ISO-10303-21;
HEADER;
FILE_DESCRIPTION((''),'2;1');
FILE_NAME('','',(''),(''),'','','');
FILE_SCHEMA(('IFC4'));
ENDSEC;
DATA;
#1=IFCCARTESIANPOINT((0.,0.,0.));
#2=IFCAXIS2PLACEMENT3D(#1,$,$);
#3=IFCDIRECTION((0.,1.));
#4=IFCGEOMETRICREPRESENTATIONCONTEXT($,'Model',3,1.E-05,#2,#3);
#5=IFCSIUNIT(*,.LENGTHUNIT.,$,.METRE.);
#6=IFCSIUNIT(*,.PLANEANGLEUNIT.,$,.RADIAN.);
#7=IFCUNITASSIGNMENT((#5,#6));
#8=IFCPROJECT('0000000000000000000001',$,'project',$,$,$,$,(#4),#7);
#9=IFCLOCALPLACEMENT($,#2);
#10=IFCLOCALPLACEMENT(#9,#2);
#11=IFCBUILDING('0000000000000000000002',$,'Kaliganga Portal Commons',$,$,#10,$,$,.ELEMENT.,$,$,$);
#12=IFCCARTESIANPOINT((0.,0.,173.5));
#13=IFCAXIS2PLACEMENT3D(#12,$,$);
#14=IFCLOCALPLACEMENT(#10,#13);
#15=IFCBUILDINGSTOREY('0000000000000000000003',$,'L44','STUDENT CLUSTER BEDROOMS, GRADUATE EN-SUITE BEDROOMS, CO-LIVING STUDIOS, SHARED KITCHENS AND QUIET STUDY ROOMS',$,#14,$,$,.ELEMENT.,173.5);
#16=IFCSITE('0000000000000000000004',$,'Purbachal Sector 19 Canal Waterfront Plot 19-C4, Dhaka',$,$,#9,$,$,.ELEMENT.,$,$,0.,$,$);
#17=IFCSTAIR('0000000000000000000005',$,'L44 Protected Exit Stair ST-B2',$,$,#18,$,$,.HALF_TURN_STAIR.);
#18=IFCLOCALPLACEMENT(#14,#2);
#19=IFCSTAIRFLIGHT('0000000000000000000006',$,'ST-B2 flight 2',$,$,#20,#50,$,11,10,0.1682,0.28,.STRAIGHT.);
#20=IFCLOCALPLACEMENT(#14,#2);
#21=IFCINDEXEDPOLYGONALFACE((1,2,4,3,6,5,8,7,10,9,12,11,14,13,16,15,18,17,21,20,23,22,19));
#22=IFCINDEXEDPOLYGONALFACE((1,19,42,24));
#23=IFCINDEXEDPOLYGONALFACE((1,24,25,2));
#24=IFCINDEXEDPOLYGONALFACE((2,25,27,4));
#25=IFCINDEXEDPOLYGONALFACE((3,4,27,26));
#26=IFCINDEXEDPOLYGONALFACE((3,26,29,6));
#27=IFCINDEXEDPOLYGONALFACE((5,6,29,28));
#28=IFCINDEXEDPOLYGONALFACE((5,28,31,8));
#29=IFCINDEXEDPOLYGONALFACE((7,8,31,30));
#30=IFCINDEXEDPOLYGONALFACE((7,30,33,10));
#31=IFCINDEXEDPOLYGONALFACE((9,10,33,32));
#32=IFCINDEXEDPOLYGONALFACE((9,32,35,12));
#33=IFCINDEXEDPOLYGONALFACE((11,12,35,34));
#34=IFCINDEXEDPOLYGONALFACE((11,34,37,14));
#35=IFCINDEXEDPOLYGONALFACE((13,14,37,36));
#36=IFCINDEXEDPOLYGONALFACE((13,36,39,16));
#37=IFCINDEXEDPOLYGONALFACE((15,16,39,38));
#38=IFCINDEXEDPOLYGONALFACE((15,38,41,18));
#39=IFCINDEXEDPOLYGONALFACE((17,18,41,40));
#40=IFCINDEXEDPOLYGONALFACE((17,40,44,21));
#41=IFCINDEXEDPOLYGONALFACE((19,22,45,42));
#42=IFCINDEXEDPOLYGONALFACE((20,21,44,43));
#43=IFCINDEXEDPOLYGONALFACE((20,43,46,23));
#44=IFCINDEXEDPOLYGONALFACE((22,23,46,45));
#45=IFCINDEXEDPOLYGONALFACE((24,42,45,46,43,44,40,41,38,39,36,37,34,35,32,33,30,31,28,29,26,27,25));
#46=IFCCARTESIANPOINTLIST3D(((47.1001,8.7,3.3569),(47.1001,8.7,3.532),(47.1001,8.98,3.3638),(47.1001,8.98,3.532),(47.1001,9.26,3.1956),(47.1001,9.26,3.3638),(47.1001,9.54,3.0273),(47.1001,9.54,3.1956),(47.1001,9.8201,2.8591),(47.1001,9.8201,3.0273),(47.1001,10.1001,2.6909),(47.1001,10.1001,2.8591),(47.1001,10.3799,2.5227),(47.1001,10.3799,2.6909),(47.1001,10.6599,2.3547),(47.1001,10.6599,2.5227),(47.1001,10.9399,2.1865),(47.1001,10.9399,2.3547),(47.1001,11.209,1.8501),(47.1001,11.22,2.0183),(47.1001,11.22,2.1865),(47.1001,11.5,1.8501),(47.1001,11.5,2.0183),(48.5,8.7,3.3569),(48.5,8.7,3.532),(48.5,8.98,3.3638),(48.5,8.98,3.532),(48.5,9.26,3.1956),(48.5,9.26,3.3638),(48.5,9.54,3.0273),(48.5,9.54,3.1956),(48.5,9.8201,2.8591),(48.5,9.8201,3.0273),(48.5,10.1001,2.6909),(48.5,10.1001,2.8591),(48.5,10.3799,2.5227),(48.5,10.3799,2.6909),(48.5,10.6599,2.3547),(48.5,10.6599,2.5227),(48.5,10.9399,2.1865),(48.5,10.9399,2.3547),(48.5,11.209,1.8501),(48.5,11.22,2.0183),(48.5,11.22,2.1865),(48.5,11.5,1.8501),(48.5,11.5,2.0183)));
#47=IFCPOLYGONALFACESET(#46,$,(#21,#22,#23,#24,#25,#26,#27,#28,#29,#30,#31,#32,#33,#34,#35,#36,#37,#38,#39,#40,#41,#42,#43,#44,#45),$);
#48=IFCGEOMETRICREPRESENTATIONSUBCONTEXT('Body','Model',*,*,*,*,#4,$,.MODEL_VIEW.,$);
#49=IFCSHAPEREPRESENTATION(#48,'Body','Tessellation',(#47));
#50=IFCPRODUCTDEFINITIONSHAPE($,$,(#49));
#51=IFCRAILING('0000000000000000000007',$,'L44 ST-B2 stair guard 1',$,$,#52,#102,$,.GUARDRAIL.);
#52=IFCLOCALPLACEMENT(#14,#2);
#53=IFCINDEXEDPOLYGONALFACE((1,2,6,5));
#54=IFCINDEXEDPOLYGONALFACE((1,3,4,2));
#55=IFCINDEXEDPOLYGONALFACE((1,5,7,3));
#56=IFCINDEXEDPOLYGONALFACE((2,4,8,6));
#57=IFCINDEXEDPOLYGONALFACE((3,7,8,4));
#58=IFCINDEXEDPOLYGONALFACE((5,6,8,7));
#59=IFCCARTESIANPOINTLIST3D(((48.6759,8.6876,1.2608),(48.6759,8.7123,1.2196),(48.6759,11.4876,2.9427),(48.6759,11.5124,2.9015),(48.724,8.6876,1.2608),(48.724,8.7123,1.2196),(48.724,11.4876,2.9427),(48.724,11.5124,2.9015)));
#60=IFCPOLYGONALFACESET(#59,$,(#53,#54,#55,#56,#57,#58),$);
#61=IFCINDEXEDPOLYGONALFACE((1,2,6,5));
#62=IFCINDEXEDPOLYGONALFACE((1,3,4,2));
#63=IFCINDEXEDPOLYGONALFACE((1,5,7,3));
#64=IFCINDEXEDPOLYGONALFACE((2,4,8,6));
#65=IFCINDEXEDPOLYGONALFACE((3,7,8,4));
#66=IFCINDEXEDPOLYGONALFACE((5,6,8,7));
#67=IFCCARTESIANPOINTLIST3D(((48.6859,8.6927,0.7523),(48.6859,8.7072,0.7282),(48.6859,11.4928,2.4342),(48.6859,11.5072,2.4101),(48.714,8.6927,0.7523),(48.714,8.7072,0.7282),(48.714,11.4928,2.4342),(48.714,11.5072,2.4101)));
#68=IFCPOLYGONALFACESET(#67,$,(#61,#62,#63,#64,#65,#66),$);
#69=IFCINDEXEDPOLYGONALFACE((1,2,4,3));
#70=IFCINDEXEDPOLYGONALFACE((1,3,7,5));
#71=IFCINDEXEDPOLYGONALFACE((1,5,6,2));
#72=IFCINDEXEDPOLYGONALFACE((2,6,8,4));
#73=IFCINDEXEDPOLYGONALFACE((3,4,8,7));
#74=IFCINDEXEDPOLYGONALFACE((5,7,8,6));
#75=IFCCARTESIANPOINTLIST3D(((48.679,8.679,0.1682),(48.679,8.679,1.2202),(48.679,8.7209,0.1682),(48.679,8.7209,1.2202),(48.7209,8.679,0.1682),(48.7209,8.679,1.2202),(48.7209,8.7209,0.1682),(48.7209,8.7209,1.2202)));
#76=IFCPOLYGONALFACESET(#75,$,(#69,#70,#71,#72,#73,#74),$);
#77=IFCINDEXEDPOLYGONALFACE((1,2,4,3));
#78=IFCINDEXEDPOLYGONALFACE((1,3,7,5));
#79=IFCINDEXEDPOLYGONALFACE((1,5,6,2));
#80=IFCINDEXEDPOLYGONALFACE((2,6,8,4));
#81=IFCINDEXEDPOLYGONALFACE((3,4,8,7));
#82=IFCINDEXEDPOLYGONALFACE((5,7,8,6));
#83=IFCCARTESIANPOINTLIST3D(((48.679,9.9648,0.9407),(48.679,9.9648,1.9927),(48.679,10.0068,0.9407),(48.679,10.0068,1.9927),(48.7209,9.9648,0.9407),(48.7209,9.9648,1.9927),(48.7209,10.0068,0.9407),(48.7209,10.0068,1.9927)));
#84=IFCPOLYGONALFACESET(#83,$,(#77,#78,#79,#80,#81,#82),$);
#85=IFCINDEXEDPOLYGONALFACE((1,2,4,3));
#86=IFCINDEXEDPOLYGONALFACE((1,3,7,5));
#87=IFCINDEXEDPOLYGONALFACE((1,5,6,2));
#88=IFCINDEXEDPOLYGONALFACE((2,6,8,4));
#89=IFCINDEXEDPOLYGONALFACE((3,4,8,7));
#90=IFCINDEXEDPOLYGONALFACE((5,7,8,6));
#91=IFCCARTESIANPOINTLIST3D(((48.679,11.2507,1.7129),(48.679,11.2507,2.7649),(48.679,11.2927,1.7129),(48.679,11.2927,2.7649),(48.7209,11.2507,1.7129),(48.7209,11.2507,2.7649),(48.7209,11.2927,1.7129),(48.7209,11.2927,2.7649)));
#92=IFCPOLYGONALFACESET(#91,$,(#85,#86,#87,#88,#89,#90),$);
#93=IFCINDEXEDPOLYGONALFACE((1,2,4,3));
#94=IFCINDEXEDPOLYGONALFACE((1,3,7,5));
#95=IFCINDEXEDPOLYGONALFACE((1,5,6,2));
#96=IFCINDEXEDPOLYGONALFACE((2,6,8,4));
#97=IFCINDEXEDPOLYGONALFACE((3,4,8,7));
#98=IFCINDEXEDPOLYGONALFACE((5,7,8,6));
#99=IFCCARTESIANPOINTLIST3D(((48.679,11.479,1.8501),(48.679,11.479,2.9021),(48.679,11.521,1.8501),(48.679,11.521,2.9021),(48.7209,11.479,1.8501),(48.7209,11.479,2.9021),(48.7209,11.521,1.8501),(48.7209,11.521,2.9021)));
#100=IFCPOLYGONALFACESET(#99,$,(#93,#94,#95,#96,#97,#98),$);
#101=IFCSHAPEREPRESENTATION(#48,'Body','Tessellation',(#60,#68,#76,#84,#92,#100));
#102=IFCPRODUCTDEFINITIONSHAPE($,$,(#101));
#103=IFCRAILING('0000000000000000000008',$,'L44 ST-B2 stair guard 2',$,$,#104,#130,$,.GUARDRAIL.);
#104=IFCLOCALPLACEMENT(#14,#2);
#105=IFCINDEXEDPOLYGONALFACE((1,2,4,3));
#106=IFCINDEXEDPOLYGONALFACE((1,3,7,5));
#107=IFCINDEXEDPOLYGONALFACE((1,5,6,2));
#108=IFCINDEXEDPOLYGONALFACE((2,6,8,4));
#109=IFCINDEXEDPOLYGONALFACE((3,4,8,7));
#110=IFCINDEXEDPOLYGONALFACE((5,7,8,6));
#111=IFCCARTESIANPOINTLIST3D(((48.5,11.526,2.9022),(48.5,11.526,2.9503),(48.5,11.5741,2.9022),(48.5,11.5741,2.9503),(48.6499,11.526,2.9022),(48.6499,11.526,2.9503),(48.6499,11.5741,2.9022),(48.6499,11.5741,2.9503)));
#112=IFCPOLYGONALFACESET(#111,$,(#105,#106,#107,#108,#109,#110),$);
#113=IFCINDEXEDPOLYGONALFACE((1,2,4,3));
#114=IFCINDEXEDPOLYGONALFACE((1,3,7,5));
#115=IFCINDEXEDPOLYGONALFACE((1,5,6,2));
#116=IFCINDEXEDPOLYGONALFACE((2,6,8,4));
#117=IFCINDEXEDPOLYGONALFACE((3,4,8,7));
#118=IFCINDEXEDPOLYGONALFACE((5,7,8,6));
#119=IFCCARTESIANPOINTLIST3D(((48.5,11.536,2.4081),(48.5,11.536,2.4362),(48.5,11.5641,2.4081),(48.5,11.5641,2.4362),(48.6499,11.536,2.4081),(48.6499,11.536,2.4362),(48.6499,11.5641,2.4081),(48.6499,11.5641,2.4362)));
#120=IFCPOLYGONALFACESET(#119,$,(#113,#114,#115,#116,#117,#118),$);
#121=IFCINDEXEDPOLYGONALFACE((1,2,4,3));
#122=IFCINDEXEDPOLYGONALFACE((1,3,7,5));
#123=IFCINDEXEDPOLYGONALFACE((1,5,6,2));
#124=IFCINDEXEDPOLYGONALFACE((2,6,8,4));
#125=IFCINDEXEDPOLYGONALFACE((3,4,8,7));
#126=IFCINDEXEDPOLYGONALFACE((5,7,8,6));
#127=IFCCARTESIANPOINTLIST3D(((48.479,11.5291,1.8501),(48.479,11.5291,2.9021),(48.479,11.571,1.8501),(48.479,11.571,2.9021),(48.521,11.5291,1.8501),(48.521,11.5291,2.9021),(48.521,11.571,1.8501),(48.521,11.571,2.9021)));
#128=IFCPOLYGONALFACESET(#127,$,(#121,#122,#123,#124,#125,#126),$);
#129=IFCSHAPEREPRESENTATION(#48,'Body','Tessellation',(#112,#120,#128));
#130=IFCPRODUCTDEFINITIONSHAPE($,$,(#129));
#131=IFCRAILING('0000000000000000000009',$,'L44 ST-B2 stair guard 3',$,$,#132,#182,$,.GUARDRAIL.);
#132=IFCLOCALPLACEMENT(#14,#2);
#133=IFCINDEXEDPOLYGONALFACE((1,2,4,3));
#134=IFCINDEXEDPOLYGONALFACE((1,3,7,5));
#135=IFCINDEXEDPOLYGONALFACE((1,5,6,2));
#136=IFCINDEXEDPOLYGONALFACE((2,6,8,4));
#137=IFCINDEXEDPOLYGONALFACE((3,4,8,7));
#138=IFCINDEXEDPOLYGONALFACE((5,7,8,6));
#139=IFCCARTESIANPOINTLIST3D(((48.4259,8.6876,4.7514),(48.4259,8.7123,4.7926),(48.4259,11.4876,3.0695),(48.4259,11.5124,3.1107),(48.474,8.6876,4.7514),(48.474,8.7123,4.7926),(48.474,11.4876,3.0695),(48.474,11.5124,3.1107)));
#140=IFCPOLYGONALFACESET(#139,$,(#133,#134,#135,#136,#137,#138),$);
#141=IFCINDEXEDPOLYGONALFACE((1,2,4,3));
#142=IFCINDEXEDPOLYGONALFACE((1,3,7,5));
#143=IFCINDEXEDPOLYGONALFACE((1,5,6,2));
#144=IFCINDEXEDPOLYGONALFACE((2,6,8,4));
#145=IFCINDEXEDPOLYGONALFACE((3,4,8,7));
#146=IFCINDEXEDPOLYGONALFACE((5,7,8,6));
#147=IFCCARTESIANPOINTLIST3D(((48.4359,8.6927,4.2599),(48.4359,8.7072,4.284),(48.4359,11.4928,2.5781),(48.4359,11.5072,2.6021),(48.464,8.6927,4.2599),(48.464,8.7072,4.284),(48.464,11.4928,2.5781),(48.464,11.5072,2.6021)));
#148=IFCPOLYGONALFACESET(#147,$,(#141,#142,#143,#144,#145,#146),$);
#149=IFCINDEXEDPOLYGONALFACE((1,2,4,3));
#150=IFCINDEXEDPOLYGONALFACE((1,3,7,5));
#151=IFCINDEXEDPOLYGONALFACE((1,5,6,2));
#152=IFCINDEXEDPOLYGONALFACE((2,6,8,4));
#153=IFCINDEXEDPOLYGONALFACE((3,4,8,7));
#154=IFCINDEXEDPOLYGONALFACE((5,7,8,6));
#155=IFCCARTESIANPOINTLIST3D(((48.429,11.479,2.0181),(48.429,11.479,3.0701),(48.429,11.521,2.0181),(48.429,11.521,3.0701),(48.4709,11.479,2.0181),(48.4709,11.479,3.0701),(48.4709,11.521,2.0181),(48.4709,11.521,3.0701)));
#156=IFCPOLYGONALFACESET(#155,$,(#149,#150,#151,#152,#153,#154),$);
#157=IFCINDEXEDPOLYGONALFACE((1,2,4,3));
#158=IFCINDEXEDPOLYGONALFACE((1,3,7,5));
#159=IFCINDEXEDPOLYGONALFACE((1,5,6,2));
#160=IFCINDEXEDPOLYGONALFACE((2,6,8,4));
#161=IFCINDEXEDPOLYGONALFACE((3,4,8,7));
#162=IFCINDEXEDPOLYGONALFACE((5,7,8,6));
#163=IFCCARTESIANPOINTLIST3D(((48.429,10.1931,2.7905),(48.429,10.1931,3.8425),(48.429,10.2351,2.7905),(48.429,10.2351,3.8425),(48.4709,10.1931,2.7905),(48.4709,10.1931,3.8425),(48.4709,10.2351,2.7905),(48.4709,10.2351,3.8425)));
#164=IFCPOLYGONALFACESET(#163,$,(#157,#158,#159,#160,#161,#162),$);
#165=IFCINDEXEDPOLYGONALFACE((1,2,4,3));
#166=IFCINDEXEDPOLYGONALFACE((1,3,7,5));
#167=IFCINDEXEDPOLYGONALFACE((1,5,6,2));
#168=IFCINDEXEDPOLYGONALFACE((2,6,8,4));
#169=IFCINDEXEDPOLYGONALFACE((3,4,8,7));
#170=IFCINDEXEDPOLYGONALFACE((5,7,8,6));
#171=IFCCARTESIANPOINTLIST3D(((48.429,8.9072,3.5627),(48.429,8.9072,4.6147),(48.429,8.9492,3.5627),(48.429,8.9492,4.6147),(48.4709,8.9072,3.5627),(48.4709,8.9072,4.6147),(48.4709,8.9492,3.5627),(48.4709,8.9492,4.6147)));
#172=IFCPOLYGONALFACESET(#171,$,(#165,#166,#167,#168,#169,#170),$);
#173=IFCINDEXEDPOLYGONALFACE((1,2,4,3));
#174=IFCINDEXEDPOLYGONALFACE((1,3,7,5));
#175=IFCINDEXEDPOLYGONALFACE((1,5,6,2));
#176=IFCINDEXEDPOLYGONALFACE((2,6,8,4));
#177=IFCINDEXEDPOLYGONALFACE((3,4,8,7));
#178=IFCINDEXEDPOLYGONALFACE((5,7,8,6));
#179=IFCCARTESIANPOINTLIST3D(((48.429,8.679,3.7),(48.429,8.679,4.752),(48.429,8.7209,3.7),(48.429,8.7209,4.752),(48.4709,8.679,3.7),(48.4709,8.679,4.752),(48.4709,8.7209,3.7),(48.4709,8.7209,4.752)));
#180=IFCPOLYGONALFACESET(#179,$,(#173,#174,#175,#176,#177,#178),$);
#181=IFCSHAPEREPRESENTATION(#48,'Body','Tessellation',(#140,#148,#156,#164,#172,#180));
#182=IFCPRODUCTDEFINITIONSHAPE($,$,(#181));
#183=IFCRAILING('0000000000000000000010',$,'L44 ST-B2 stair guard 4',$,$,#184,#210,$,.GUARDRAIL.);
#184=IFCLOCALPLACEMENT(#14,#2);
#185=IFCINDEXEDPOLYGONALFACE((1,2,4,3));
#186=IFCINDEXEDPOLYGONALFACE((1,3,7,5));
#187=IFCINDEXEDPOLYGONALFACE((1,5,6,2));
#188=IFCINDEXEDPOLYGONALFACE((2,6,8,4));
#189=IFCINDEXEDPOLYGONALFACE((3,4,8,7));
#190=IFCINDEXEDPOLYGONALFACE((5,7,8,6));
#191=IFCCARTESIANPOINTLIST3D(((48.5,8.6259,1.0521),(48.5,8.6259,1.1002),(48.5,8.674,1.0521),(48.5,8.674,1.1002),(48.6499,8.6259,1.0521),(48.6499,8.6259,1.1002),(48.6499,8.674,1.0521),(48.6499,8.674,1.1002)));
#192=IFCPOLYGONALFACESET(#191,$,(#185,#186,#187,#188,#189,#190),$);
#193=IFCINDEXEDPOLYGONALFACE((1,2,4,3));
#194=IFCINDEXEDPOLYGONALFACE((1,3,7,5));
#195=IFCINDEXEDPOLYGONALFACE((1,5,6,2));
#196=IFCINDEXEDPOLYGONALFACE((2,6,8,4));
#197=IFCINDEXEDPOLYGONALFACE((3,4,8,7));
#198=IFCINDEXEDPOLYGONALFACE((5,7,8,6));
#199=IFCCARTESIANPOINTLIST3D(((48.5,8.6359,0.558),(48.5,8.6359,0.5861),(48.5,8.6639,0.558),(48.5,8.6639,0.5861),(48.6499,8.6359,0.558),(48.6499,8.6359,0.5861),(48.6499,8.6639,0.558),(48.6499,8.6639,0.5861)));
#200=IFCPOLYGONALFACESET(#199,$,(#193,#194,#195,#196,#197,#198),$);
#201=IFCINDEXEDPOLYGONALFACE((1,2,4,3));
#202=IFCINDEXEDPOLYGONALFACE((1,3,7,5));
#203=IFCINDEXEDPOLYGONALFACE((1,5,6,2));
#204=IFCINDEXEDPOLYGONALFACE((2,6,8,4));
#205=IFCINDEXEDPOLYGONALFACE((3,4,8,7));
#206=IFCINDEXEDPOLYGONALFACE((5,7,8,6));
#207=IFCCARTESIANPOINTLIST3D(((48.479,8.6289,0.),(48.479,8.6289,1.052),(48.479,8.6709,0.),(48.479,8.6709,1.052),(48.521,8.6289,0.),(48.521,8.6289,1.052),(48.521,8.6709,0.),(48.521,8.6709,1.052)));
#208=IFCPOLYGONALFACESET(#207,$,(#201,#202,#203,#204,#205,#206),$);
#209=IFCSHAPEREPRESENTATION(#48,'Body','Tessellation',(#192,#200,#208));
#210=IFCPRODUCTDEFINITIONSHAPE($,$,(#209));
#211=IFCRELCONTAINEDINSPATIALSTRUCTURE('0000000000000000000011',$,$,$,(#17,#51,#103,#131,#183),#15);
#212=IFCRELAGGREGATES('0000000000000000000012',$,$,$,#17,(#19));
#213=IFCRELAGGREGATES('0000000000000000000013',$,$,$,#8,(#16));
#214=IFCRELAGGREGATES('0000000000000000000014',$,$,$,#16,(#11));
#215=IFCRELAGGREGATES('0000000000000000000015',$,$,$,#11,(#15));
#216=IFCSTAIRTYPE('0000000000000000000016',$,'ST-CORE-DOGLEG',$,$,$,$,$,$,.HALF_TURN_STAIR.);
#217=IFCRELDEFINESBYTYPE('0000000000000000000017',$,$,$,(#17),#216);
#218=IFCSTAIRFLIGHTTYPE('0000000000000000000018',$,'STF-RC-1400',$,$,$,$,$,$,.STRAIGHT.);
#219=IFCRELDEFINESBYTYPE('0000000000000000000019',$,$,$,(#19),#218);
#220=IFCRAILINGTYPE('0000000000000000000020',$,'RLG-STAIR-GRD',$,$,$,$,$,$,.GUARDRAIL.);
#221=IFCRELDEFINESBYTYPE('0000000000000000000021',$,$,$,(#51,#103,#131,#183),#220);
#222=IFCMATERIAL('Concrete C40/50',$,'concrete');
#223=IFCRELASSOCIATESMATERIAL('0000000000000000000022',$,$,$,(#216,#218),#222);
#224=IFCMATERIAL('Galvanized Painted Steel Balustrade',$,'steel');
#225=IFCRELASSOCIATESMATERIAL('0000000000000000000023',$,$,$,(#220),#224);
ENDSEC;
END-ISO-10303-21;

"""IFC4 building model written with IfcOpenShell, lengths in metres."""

from ifc_helpers import new_model, si_unit, direction, frame, origin, origin_2d, place, context, subcontext, project, spatial, polyline, rectangle, outline, extrude, material, type_object, element, aggregate, save


model = new_model("IFC4")

# Units and contexts
model_context = context("Model", 3, precision=1e-05, world=origin(), true_north=direction((0.0, 1.0)))
body_context = subcontext(model_context, "Body", "Model", "MODEL_VIEW")
ifc_project = project(units=[si_unit("LENGTHUNIT", "METRE"), si_unit("PLANEANGLEUNIT", "RADIAN")], contexts=[model_context])

# Site, building, storey
site_placement = place(None, origin())
site = spatial("IfcSite", under=ifc_project, at=site_placement, Name="Purbachal Sector 19 Canal Waterfront Plot 19-C4, Dhaka", CompositionType="ELEMENT", RefElevation=0.0)
building_placement = place(site_placement, origin())
building = spatial("IfcBuilding", under=site, at=building_placement, Name="Kaliganga Portal Commons", CompositionType="ELEMENT")
storey_placement = place(building_placement, frame((0.0, 0.0, 173.5)))
storey = spatial("IfcBuildingStorey", under=building, at=storey_placement, Name="L44", Description="STUDENT CLUSTER BEDROOMS, GRADUATE EN-SUITE BEDROOMS, CO-LIVING STUDIOS, SHARED KITCHENS AND QUIET STUDY ROOMS", CompositionType="ELEMENT", Elevation=173.5)

# Stair, stair flight
ifc_material_1 = material(Name="Concrete C40/50", Category="concrete")
stair_type = type_object("IfcStairType", Name="ST-CORE-DOGLEG", PredefinedType="HALF_TURN_STAIR", material=ifc_material_1)
stair_placement = place(storey_placement, origin())
stair = element("IfcStair", 1, at=stair_placement, inside=storey, type_object=stair_type, Name="L44 Protected Exit Stair ST-B2", PredefinedType="HALF_TURN_STAIR")
stair_flight_type = type_object("IfcStairFlightType", Name="STF-RC-1400", PredefinedType="STRAIGHT", material=ifc_material_1)
stair_flight_1_placement = place(storey_placement, frame((47.8, 11.5, 1.8501), z_axis=(0.0, 0.0, 1.0), x_axis=(0.0, -1.0, 0.0)))
stair_flight_1 = element("IfcStairFlight", 2, at=stair_flight_1_placement, type_object=stair_flight_type, Name="ST-B2 flight 2", NumberOfRisers=11, NumberOfTreads=10, PredefinedType="STRAIGHT", RiserHeight=0.1682, TreadLength=0.28, context=body_context, shape_type="SweptSolid", body=[
    extrude(outline(polyline([(0.0, 0.0), (0.0, 0.1682), (0.28, 0.1682), (0.28, 0.3364), (0.5601, 0.3364), (0.5601, 0.5046), (0.8401, 0.5046), (0.8401, 0.6726), (1.1201, 0.6726), (1.1201, 0.8408), (1.3999, 0.8408), (1.3999, 1.009), (1.6799, 1.009), (1.6799, 1.1772), (1.96, 1.1772), (1.96, 1.3455), (2.24, 1.3455), (2.24, 1.5137), (2.52, 1.5137), (2.52, 1.6819), (2.8, 1.6819), (2.8, 1.8501), (2.8, 1.5068), (0.291, 0.0), (0.0, 0.0)])), frame((0.0, 0.7, 0.0), z_axis=(0.0, -1.0, 0.0), x_axis=(1.0, 0.0, 0.0)), (0.0, 0.0, 1.0), 1.3999),
])
aggregate(stair, [stair_flight_1])

# Railings
ifc_material_2 = material(Name="Galvanized Painted Steel Balustrade", Category="steel")
railing_type_1 = type_object("IfcRailingType", Name="RLG-STAIR-GRD", PredefinedType="GUARDRAIL", material=ifc_material_2)
railing_1_placement = place(storey_placement, frame((48.7, 8.7, 0.1682)))
element("IfcRailing", 3, at=railing_1_placement, inside=storey, type_object=railing_type_1, Name="L44 ST-B2 stair guard 1", PredefinedType="GUARDRAIL", context=body_context, shape_type="SweptSolid", body=[
    extrude(rectangle(XDim=0.0481, YDim=0.0481, at=origin_2d()), frame((0.0, 0.0, 1.072), z_axis=(0.0, 0.857242, 0.514913), x_axis=(-1.0, 0.0, 0.0)), (0.0, 0.0, 1.0), 3.2664),
    extrude(rectangle(XDim=0.0281, YDim=0.0281, at=origin_2d()), frame((0.0, 0.0, 0.572), z_axis=(0.0, 0.857242, 0.514913), x_axis=(-1.0, 0.0, 0.0)), (0.0, 0.0, 1.0), 3.2664),
    extrude(rectangle(XDim=0.042, YDim=0.042, at=origin_2d()), origin(), (0.0, 0.0, 1.0), 1.052),
    extrude(rectangle(XDim=0.042, YDim=0.042, at=origin_2d()), frame((0.0, 1.2859, 0.7725)), (0.0, 0.0, 1.0), 1.052),
    extrude(rectangle(XDim=0.042, YDim=0.042, at=origin_2d()), frame((0.0, 2.5718, 1.5447)), (0.0, 0.0, 1.0), 1.052),
    extrude(rectangle(XDim=0.042, YDim=0.042, at=origin_2d()), frame((0.0, 2.8, 1.6819)), (0.0, 0.0, 1.0), 1.052),
])
railing_2_placement = place(storey_placement, frame((48.6499, 11.55, 1.8501)))
element("IfcRailing", 4, at=railing_2_placement, inside=storey, type_object=railing_type_1, Name="L44 ST-B2 stair guard 2", PredefinedType="GUARDRAIL", context=body_context, shape_type="SweptSolid", body=[
    extrude(rectangle(XDim=0.0481, YDim=0.0481, at=origin_2d()), frame((0.0, 0.0, 1.0762), z_axis=(-1.0, 0.0, 0.0), x_axis=(0.0, -1.0, 0.0)), (0.0, 0.0, 1.0), 0.1499),
    extrude(rectangle(XDim=0.0281, YDim=0.0281, at=origin_2d()), frame((0.0, 0.0, 0.572), z_axis=(-1.0, 0.0, 0.0), x_axis=(0.0, -1.0, 0.0)), (0.0, 0.0, 1.0), 0.1499),
    extrude(rectangle(XDim=0.042, YDim=0.042, at=origin_2d()), frame((-0.1499, 0.0, 0.0)), (0.0, 0.0, 1.0), 1.052),
])
railing_3_placement = place(storey_placement, frame((48.45, 11.5, 2.0181)))
element("IfcRailing", 5, at=railing_3_placement, inside=storey, type_object=railing_type_1, Name="L44 ST-B2 stair guard 3", PredefinedType="GUARDRAIL", context=body_context, shape_type="SweptSolid", body=[
    extrude(rectangle(XDim=0.0481, YDim=0.0481, at=origin_2d()), frame((0.0, 0.0, 1.072), z_axis=(0.0, -0.857242, 0.514913), x_axis=(1.0, 0.0, 0.0)), (0.0, 0.0, 1.0), 3.2664),
    extrude(rectangle(XDim=0.0281, YDim=0.0281, at=origin_2d()), frame((0.0, 0.0, 0.572), z_axis=(0.0, -0.857242, 0.514913), x_axis=(1.0, 0.0, 0.0)), (0.0, 0.0, 1.0), 3.2664),
    extrude(rectangle(XDim=0.042, YDim=0.042, at=origin_2d()), origin(), (0.0, 0.0, 1.0), 1.052),
    extrude(rectangle(XDim=0.042, YDim=0.042, at=origin_2d()), frame((0.0, -1.2859, 0.7725)), (0.0, 0.0, 1.0), 1.052),
    extrude(rectangle(XDim=0.042, YDim=0.042, at=origin_2d()), frame((0.0, -2.5718, 1.5447)), (0.0, 0.0, 1.0), 1.052),
    extrude(rectangle(XDim=0.042, YDim=0.042, at=origin_2d()), frame((0.0, -2.8, 1.6819)), (0.0, 0.0, 1.0), 1.052),
])
railing_4_placement = place(storey_placement, frame((48.6499, 8.6499, 0.0)))
element("IfcRailing", 6, at=railing_4_placement, inside=storey, type_object=railing_type_1, Name="L44 ST-B2 stair guard 4", PredefinedType="GUARDRAIL", context=body_context, shape_type="SweptSolid", body=[
    extrude(rectangle(XDim=0.0481, YDim=0.0481, at=origin_2d()), frame((0.0, 0.0, 1.0762), z_axis=(-1.0, 0.0, 0.0), x_axis=(0.0, -1.0, 0.0)), (0.0, 0.0, 1.0), 0.1499),
    extrude(rectangle(XDim=0.0281, YDim=0.0281, at=origin_2d()), frame((0.0, 0.0, 0.572), z_axis=(-1.0, 0.0, 0.0), x_axis=(0.0, -1.0, 0.0)), (0.0, 0.0, 1.0), 0.1499),
    extrude(rectangle(XDim=0.042, YDim=0.042, at=origin_2d()), frame((-0.1499, 0.0, 0.0)), (0.0, 0.0, 1.0), 1.052),
])

save(model, "model.ifc")
